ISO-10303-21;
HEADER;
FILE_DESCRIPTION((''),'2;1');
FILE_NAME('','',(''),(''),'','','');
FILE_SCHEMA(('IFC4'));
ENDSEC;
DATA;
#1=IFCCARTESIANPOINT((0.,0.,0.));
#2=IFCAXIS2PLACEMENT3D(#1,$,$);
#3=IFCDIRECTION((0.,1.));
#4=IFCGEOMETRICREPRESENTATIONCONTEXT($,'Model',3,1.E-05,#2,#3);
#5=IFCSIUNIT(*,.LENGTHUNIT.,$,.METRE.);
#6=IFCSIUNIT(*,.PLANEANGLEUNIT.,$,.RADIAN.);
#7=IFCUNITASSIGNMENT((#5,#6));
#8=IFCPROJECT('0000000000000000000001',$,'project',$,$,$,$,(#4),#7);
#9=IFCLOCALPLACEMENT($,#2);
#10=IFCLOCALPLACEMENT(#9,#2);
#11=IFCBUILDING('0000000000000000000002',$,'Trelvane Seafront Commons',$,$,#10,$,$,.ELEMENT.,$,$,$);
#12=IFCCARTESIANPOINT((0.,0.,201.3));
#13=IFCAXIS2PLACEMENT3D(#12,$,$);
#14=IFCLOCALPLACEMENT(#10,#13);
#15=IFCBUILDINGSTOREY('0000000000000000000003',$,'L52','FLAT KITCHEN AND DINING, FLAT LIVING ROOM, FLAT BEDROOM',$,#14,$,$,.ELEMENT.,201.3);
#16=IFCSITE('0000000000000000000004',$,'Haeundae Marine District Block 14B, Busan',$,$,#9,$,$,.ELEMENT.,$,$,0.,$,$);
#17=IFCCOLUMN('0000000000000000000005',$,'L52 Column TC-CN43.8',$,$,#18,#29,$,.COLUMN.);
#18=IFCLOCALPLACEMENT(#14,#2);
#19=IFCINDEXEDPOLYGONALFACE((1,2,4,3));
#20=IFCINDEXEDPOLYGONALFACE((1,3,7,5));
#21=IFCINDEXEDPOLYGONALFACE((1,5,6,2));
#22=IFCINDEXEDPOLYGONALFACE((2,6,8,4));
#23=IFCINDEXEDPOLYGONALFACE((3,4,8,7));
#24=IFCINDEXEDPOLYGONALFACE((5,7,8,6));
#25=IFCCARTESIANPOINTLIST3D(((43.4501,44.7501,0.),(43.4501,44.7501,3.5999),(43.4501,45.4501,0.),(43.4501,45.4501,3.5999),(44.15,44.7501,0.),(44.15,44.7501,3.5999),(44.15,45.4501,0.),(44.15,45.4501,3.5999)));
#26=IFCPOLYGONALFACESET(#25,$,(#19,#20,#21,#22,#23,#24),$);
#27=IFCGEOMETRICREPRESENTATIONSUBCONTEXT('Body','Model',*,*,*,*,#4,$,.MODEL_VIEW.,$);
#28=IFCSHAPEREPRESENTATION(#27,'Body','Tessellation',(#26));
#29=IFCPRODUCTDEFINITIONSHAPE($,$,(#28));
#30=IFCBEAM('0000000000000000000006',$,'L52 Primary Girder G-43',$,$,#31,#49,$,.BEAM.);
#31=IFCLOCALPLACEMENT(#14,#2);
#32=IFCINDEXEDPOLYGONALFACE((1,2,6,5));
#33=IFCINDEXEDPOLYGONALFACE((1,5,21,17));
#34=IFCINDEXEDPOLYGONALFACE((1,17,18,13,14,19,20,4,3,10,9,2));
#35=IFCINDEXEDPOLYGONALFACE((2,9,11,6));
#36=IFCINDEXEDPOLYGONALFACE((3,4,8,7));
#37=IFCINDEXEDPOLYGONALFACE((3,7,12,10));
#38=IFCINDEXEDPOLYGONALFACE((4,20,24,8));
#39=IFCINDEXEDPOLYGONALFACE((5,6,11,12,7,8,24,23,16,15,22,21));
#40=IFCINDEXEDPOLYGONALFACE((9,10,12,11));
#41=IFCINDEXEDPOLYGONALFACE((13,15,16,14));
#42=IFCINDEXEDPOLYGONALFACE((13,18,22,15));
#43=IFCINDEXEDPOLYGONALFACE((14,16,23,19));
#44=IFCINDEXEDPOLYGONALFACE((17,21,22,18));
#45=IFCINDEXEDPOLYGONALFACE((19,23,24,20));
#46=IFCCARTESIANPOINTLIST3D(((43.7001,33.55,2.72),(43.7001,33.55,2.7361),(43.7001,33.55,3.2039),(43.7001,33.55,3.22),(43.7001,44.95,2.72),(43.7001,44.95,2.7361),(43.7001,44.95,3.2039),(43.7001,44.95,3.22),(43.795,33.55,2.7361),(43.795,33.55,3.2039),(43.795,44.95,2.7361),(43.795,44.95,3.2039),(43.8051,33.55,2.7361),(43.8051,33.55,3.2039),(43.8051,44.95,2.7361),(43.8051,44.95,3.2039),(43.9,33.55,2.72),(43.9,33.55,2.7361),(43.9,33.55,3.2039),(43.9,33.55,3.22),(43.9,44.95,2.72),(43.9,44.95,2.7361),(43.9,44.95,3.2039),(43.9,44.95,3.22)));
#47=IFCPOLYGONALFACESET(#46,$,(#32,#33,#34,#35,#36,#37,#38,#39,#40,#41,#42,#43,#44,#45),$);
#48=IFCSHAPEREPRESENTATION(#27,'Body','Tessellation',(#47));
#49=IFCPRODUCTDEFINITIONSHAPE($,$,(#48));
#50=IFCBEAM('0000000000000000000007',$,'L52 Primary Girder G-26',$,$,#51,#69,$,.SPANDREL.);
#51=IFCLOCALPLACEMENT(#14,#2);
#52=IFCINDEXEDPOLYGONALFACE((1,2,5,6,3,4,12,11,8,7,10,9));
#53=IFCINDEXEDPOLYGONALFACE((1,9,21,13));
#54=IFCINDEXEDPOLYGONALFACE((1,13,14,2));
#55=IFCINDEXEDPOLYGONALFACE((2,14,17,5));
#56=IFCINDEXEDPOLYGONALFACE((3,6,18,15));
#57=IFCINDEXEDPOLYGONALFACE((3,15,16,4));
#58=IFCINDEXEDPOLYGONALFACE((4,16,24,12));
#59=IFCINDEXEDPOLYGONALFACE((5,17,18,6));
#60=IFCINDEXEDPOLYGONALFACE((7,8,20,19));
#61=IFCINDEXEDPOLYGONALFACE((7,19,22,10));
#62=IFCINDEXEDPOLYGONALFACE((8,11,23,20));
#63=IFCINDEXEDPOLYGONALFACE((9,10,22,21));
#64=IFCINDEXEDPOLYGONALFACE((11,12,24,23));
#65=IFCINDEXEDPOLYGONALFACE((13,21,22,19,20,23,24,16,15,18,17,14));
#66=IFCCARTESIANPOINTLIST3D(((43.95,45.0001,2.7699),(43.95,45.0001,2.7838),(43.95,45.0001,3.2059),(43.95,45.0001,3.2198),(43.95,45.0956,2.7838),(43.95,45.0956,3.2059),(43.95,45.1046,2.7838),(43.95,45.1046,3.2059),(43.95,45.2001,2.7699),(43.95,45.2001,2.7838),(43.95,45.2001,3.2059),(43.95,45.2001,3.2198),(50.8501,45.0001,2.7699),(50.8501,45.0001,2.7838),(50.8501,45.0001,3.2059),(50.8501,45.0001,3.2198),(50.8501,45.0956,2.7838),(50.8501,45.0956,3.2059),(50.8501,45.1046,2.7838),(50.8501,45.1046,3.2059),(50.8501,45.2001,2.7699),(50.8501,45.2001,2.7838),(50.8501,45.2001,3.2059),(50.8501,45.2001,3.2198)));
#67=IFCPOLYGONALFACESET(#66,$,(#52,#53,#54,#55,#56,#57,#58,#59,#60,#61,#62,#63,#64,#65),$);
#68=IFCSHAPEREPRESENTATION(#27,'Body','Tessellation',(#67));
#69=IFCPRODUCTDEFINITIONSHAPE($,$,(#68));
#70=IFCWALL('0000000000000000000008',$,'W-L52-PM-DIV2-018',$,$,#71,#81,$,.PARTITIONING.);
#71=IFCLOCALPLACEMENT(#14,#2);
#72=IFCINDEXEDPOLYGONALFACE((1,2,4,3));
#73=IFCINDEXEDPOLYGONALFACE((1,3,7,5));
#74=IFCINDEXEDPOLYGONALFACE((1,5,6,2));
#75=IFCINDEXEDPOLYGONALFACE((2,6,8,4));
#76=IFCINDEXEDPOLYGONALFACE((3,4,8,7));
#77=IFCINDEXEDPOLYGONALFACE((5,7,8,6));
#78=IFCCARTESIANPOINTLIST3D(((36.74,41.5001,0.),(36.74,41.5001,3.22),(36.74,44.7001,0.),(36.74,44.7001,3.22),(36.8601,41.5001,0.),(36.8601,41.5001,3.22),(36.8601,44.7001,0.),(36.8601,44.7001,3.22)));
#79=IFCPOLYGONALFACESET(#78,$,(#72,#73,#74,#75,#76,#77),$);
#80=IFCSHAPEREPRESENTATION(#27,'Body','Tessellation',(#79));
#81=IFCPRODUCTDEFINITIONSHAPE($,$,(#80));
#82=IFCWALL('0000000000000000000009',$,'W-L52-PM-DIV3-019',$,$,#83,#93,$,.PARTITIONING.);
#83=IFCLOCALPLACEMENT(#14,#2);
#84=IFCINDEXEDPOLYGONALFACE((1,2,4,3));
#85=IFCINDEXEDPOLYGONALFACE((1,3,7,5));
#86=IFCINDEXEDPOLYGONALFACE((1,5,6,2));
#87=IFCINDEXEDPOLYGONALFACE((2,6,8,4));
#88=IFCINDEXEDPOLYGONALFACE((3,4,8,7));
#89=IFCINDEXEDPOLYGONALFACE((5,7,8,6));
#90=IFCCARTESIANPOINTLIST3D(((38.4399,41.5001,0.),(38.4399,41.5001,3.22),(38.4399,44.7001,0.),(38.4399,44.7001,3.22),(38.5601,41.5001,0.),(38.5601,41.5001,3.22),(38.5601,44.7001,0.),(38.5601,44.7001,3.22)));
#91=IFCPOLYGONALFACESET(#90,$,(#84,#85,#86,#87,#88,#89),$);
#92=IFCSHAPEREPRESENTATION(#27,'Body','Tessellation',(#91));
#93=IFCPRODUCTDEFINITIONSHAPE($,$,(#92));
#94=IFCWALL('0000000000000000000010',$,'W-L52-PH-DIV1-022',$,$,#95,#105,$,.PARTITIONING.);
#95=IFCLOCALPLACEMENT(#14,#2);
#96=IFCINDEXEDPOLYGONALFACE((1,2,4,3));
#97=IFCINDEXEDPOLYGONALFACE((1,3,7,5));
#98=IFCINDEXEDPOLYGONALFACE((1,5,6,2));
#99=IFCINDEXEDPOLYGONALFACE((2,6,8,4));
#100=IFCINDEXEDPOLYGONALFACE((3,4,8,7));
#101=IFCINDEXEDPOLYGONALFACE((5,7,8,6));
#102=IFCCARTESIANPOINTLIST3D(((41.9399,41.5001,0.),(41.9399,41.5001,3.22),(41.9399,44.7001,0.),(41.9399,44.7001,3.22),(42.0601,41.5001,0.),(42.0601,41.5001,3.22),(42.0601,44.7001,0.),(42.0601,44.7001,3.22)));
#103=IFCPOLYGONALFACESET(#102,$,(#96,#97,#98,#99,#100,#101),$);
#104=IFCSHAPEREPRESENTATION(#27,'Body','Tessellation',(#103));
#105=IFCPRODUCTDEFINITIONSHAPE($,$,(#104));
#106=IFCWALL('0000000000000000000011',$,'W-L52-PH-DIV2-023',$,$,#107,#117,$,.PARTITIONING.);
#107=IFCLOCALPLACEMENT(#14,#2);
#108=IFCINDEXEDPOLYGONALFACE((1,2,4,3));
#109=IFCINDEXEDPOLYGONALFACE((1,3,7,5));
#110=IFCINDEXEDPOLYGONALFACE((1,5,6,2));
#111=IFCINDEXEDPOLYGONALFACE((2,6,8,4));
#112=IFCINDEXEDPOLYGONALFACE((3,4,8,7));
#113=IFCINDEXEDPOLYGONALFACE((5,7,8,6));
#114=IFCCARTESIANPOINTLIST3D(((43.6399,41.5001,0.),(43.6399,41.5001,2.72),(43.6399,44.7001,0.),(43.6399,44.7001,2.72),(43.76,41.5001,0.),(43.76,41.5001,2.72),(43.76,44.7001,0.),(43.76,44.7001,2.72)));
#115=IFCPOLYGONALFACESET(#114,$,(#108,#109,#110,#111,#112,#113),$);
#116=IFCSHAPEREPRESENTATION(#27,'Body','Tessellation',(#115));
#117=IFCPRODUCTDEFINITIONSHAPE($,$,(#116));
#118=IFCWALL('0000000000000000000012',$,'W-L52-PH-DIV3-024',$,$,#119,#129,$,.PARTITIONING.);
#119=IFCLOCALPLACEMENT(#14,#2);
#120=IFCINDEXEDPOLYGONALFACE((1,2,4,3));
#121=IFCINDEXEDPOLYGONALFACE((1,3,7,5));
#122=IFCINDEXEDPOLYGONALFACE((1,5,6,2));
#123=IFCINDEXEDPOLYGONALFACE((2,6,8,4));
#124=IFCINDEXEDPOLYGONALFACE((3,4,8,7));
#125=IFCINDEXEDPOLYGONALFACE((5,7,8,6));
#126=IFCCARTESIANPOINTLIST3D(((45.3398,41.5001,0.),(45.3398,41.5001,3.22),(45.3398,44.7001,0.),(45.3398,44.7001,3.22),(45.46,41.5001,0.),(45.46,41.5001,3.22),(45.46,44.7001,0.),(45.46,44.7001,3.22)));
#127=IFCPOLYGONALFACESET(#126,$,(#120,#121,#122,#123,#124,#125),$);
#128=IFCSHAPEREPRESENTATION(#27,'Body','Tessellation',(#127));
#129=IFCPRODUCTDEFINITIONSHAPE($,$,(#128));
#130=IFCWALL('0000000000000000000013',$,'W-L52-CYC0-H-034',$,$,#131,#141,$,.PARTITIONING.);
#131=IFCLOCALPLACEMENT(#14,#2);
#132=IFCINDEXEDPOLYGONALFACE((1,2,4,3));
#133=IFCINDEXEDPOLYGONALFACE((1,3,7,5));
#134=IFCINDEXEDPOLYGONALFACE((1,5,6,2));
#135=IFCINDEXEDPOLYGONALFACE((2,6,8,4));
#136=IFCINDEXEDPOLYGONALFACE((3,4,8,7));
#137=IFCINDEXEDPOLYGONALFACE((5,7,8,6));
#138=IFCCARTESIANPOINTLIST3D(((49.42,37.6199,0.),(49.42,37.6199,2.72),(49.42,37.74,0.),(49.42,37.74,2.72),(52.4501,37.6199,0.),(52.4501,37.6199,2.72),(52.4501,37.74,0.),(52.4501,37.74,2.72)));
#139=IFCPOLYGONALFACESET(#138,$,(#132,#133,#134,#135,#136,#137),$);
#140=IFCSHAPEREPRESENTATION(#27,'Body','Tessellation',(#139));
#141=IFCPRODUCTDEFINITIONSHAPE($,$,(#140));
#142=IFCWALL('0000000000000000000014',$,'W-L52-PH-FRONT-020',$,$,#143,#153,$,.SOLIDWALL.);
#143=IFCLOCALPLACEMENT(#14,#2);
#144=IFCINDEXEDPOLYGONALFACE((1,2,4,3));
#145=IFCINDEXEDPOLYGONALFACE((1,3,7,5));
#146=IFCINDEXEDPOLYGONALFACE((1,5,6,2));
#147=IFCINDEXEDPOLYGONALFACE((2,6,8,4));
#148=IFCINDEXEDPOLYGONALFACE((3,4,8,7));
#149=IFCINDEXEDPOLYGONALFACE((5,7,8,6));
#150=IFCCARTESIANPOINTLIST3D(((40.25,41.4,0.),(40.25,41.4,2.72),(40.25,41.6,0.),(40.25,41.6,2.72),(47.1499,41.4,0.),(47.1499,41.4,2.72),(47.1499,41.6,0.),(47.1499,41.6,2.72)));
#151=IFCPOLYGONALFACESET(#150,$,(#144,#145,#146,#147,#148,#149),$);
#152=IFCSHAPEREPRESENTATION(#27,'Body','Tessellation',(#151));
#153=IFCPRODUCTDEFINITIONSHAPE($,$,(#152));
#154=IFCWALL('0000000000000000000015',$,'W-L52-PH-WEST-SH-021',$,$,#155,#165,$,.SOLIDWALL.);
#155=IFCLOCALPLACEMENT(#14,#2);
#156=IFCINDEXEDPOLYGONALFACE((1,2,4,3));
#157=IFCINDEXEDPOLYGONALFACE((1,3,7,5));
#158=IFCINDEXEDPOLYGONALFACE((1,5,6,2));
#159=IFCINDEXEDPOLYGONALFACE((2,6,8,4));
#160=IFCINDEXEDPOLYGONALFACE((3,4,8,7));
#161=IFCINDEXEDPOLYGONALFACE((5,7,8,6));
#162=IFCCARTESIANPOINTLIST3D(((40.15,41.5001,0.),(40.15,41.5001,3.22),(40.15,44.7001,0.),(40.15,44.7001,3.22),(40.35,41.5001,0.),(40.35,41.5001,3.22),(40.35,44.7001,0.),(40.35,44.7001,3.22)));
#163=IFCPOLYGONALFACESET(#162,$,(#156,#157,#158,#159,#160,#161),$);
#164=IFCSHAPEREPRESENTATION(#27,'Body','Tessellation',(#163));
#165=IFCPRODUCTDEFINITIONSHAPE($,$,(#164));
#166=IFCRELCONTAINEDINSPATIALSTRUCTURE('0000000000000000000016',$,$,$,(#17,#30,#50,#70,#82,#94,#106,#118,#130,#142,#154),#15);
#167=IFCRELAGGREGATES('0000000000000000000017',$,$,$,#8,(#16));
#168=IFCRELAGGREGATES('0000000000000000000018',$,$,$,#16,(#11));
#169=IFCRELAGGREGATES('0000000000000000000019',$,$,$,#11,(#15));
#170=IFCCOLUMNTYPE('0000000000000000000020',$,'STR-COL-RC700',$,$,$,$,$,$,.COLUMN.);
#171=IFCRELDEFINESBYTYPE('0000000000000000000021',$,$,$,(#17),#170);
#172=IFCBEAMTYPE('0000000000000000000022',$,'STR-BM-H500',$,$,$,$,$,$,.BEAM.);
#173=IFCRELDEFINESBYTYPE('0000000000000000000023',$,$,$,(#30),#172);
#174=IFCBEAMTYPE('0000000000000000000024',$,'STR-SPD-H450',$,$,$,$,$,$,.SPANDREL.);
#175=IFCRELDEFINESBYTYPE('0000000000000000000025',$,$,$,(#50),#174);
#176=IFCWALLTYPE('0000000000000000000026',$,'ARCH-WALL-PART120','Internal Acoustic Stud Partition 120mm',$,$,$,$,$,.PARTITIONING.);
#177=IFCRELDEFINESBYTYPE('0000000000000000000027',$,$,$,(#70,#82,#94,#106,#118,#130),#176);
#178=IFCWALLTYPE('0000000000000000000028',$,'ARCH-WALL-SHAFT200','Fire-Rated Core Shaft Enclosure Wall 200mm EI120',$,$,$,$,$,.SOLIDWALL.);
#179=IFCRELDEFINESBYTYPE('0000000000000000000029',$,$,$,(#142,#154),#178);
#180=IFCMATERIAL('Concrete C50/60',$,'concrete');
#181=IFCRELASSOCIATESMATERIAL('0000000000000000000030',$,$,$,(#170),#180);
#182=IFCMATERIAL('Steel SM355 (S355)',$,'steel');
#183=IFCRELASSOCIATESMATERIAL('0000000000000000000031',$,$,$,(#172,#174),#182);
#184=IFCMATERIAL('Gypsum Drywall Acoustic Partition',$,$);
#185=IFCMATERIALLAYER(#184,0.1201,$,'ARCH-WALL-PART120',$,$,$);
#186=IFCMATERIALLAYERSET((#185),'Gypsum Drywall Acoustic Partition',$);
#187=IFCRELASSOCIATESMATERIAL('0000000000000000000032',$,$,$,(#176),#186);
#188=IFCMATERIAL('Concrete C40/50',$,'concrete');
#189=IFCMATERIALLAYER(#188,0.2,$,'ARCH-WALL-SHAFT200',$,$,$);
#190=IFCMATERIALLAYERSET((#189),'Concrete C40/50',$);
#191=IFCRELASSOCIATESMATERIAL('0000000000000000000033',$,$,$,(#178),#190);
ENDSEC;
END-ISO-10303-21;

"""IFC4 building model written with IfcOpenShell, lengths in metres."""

from ifc_helpers import new_model, si_unit, direction, frame, frame_2d, origin, origin_2d, place, context, subcontext, project, spatial, rectangle, i_section, extrude, source, transform, mapped, material, layer, layer_set, material_profile, profile_set, type_object, element, save


model = new_model("IFC4")

# Units and contexts
model_context = context("Model", 3, precision=1e-05, world=origin(), true_north=direction((0.0, 1.0)))
body_context = subcontext(model_context, "Body", "Model", "MODEL_VIEW")
ifc_project = project(units=[si_unit("LENGTHUNIT", "METRE"), si_unit("PLANEANGLEUNIT", "RADIAN")], contexts=[model_context])

# Site, building, storey
site_placement = place(None, origin())
site = spatial("IfcSite", under=ifc_project, at=site_placement, Name="Haeundae Marine District Block 14B, Busan", CompositionType="ELEMENT", RefElevation=0.0)
building_placement = place(site_placement, origin())
building = spatial("IfcBuilding", under=site, at=building_placement, Name="Trelvane Seafront Commons", CompositionType="ELEMENT")
storey_placement = place(building_placement, frame((0.0, 0.0, 201.3)))
storey = spatial("IfcBuildingStorey", under=building, at=storey_placement, Name="L52", Description="FLAT KITCHEN AND DINING, FLAT LIVING ROOM, FLAT BEDROOM", CompositionType="ELEMENT", Elevation=201.3)

# Column
ifc_material_1 = material(Name="Concrete C50/60", Category="concrete")
ifc_material_profile_1 = material_profile(ifc_material_1, rectangle(XDim=0.7, YDim=0.7, at=origin_2d()), Name="RC-700x700")
ifc_profile_set_1 = profile_set([ifc_material_profile_1], Name="Concrete C50/60")
column_type = type_object("IfcColumnType", Name="STR-COL-RC700", PredefinedType="COLUMN", material=ifc_profile_set_1)
shared_shape_1 = source(origin(), body_context, "Body", "SweptSolid", [
    extrude(rectangle(XDim=0.7, YDim=0.7, at=origin_2d()), origin(), (0.0, 0.0, 1.0), 3.5999),
])
column_placement = place(storey_placement, frame((43.8, 45.1001, 0.0), z_axis=(0.0, 0.0, 1.0), x_axis=(1.0, 0.0, 0.0)))
element("IfcColumn", 1, at=column_placement, inside=storey, type_object=column_type, Name="L52 Column TC-CN43.8", PredefinedType="COLUMN", context=body_context, shape_type="MappedRepresentation", body=[
    mapped(shared_shape_1, transform((0.0, 0.0, 0.0), x_axis=(1.0, 0.0, 0.0), y_axis=(0.0, 1.0, 0.0), z_axis=(0.0, 0.0, 1.0), scale=1.0)),
])

# Beams
ifc_material_2 = material(Name="Steel SM355 (S355)", Category="steel")
ifc_material_profile_2 = material_profile(ifc_material_2, i_section(OverallWidth=0.2, OverallDepth=0.5, WebThickness=0.01, FlangeThickness=0.0161, at=origin_2d()), Name="H-500x200x10x16")
ifc_profile_set_2 = profile_set([ifc_material_profile_2], Name="Steel SM355 (S355)")
beam_type_1 = type_object("IfcBeamType", Name="STR-BM-H500", PredefinedType="BEAM", material=ifc_profile_set_2)
shared_shape_2 = source(origin(), body_context, "Body", "SweptSolid", [
    extrude(i_section(OverallWidth=0.2, OverallDepth=0.5, WebThickness=0.01, FlangeThickness=0.0161, at=origin_2d()), origin(), (0.0, 0.0, 1.0), 11.3999),
])
beam_1_placement = place(storey_placement, frame((43.8, 33.55, 2.97), z_axis=(0.0, 1.0, 0.0), x_axis=(-1.0, 0.0, 0.0)))
element("IfcBeam", 2, at=beam_1_placement, inside=storey, type_object=beam_type_1, Name="L52 Primary Girder G-43", PredefinedType="BEAM", context=body_context, shape_type="MappedRepresentation", body=[
    mapped(shared_shape_2, transform((0.0, 0.0, 0.0), x_axis=(1.0, 0.0, 0.0), y_axis=(0.0, 1.0, 0.0), z_axis=(0.0, 0.0, 1.0), scale=1.0)),
])
ifc_material_profile_3 = material_profile(ifc_material_2, i_section(OverallWidth=0.2, OverallDepth=0.45, WebThickness=0.009, FlangeThickness=0.0139, at=origin_2d()), Name="H-450x200x9x14")
ifc_profile_set_3 = profile_set([ifc_material_profile_3], Name="Steel SM355 (S355)")
beam_type_2 = type_object("IfcBeamType", Name="STR-SPD-H450", PredefinedType="SPANDREL", material=ifc_profile_set_3)
shared_shape_3 = source(origin(), body_context, "Body", "SweptSolid", [
    extrude(i_section(OverallWidth=0.2, OverallDepth=0.45, WebThickness=0.009, FlangeThickness=0.0139, at=origin_2d()), origin(), (0.0, 0.0, 1.0), 6.9001),
])
beam_2_placement = place(storey_placement, frame((43.95, 45.1001, 2.9949), z_axis=(1.0, 0.0, 0.0), x_axis=(0.0, 1.0, 0.0)))
element("IfcBeam", 3, at=beam_2_placement, inside=storey, type_object=beam_type_2, Name="L52 Primary Girder G-26", PredefinedType="SPANDREL", context=body_context, shape_type="MappedRepresentation", body=[
    mapped(shared_shape_3, transform((0.0, 0.0, 0.0), x_axis=(1.0, 0.0, 0.0), y_axis=(0.0, 1.0, 0.0), z_axis=(0.0, 0.0, 1.0), scale=1.0)),
])

# Shared definitions
ifc_material_3 = material(Name="Concrete C40/50", Category="concrete")

# Walls
ifc_material_4 = material(Name="Gypsum Drywall Acoustic Partition")
ifc_layer_1 = layer(ifc_material_4, 0.1201, Name="ARCH-WALL-PART120")
ifc_layer_set_1 = layer_set([ifc_layer_1], Name="Gypsum Drywall Acoustic Partition")
wall_type_1 = type_object("IfcWallType", Name="ARCH-WALL-PART120", Description="Internal Acoustic Stud Partition 120mm", PredefinedType="PARTITIONING", material=ifc_layer_set_1)
for number, where, z_axis, x_axis, name in (
    (4, (36.8, 41.5, 0.0), (0.0, 0.0, 1.0), (0.0, 1.0, 0.0), "W-L52-PM-DIV2-018"),
    (5, (38.5, 41.5, 0.0), (0.0, 0.0, 1.0), (0.0, 1.0, 0.0), "W-L52-PM-DIV3-019"),
    (6, (42.0, 41.5, 0.0), (0.0, 0.0, 1.0), (0.0, 1.0, 0.0), "W-L52-PH-DIV1-022"),
):
    element("IfcWall", number, at=place(storey_placement, frame(where, z_axis=z_axis, x_axis=x_axis)), inside=storey, type_object=wall_type_1, Name=name, PredefinedType="PARTITIONING", context=body_context, shape_type="SweptSolid", body=[
        extrude(rectangle(XDim=3.2, YDim=0.1201, at=frame_2d((1.6001, 0.0))), origin(), (0.0, 0.0, 1.0), 3.22),
    ])
wall_1_placement = place(storey_placement, frame((43.7, 41.5, 0.0), z_axis=(0.0, 0.0, 1.0), x_axis=(0.0, 1.0, 0.0)))
element("IfcWall", 7, at=wall_1_placement, inside=storey, type_object=wall_type_1, Name="W-L52-PH-DIV2-023", PredefinedType="PARTITIONING", context=body_context, shape_type="SweptSolid", body=[
    extrude(rectangle(XDim=3.2, YDim=0.1201, at=frame_2d((1.6001, 0.0))), origin(), (0.0, 0.0, 1.0), 2.72),
])
wall_2_placement = place(storey_placement, frame((45.3999, 41.5, 0.0), z_axis=(0.0, 0.0, 1.0), x_axis=(0.0, 1.0, 0.0)))
element("IfcWall", 8, at=wall_2_placement, inside=storey, type_object=wall_type_1, Name="W-L52-PH-DIV3-024", PredefinedType="PARTITIONING", context=body_context, shape_type="SweptSolid", body=[
    extrude(rectangle(XDim=3.2, YDim=0.1201, at=frame_2d((1.6001, 0.0))), origin(), (0.0, 0.0, 1.0), 3.22),
])

# Wall
wall_3_placement = place(storey_placement, frame((49.4199, 37.6799, 0.0), z_axis=(0.0, 0.0, 1.0), x_axis=(1.0, 0.0, 0.0)))
element("IfcWall", 9, at=wall_3_placement, inside=storey, type_object=wall_type_1, Name="W-L52-CYC0-H-034", PredefinedType="PARTITIONING", context=body_context, shape_type="SweptSolid", body=[
    extrude(rectangle(XDim=3.03, YDim=0.1201, at=frame_2d((1.5151, 0.0))), origin(), (0.0, 0.0, 1.0), 2.72),
])

# Walls
ifc_layer_2 = layer(ifc_material_3, 0.2, Name="ARCH-WALL-SHAFT200")
ifc_layer_set_2 = layer_set([ifc_layer_2], Name="Concrete C40/50")
wall_type_2 = type_object("IfcWallType", Name="ARCH-WALL-SHAFT200", Description="Fire-Rated Core Shaft Enclosure Wall 200mm EI120", PredefinedType="SOLIDWALL", material=ifc_layer_set_2)
wall_4_placement = place(storey_placement, frame((40.25, 41.5, 0.0), z_axis=(0.0, 0.0, 1.0), x_axis=(1.0, 0.0, 0.0)))
element("IfcWall", 10, at=wall_4_placement, inside=storey, type_object=wall_type_2, Name="W-L52-PH-FRONT-020", PredefinedType="SOLIDWALL", context=body_context, shape_type="SweptSolid", body=[
    extrude(rectangle(XDim=6.8999, YDim=0.2, at=frame_2d((3.45, 0.0))), origin(), (0.0, 0.0, 1.0), 2.72),
])
wall_5_placement = place(storey_placement, frame((40.25, 41.5, 0.0), z_axis=(0.0, 0.0, 1.0), x_axis=(0.0, 1.0, 0.0)))
element("IfcWall", 11, at=wall_5_placement, inside=storey, type_object=wall_type_2, Name="W-L52-PH-WEST-SH-021", PredefinedType="SOLIDWALL", context=body_context, shape_type="SweptSolid", body=[
    extrude(rectangle(XDim=3.2, YDim=0.2, at=frame_2d((1.6001, 0.0))), origin(), (0.0, 0.0, 1.0), 3.22),
])

save(model, "model.ifc")
